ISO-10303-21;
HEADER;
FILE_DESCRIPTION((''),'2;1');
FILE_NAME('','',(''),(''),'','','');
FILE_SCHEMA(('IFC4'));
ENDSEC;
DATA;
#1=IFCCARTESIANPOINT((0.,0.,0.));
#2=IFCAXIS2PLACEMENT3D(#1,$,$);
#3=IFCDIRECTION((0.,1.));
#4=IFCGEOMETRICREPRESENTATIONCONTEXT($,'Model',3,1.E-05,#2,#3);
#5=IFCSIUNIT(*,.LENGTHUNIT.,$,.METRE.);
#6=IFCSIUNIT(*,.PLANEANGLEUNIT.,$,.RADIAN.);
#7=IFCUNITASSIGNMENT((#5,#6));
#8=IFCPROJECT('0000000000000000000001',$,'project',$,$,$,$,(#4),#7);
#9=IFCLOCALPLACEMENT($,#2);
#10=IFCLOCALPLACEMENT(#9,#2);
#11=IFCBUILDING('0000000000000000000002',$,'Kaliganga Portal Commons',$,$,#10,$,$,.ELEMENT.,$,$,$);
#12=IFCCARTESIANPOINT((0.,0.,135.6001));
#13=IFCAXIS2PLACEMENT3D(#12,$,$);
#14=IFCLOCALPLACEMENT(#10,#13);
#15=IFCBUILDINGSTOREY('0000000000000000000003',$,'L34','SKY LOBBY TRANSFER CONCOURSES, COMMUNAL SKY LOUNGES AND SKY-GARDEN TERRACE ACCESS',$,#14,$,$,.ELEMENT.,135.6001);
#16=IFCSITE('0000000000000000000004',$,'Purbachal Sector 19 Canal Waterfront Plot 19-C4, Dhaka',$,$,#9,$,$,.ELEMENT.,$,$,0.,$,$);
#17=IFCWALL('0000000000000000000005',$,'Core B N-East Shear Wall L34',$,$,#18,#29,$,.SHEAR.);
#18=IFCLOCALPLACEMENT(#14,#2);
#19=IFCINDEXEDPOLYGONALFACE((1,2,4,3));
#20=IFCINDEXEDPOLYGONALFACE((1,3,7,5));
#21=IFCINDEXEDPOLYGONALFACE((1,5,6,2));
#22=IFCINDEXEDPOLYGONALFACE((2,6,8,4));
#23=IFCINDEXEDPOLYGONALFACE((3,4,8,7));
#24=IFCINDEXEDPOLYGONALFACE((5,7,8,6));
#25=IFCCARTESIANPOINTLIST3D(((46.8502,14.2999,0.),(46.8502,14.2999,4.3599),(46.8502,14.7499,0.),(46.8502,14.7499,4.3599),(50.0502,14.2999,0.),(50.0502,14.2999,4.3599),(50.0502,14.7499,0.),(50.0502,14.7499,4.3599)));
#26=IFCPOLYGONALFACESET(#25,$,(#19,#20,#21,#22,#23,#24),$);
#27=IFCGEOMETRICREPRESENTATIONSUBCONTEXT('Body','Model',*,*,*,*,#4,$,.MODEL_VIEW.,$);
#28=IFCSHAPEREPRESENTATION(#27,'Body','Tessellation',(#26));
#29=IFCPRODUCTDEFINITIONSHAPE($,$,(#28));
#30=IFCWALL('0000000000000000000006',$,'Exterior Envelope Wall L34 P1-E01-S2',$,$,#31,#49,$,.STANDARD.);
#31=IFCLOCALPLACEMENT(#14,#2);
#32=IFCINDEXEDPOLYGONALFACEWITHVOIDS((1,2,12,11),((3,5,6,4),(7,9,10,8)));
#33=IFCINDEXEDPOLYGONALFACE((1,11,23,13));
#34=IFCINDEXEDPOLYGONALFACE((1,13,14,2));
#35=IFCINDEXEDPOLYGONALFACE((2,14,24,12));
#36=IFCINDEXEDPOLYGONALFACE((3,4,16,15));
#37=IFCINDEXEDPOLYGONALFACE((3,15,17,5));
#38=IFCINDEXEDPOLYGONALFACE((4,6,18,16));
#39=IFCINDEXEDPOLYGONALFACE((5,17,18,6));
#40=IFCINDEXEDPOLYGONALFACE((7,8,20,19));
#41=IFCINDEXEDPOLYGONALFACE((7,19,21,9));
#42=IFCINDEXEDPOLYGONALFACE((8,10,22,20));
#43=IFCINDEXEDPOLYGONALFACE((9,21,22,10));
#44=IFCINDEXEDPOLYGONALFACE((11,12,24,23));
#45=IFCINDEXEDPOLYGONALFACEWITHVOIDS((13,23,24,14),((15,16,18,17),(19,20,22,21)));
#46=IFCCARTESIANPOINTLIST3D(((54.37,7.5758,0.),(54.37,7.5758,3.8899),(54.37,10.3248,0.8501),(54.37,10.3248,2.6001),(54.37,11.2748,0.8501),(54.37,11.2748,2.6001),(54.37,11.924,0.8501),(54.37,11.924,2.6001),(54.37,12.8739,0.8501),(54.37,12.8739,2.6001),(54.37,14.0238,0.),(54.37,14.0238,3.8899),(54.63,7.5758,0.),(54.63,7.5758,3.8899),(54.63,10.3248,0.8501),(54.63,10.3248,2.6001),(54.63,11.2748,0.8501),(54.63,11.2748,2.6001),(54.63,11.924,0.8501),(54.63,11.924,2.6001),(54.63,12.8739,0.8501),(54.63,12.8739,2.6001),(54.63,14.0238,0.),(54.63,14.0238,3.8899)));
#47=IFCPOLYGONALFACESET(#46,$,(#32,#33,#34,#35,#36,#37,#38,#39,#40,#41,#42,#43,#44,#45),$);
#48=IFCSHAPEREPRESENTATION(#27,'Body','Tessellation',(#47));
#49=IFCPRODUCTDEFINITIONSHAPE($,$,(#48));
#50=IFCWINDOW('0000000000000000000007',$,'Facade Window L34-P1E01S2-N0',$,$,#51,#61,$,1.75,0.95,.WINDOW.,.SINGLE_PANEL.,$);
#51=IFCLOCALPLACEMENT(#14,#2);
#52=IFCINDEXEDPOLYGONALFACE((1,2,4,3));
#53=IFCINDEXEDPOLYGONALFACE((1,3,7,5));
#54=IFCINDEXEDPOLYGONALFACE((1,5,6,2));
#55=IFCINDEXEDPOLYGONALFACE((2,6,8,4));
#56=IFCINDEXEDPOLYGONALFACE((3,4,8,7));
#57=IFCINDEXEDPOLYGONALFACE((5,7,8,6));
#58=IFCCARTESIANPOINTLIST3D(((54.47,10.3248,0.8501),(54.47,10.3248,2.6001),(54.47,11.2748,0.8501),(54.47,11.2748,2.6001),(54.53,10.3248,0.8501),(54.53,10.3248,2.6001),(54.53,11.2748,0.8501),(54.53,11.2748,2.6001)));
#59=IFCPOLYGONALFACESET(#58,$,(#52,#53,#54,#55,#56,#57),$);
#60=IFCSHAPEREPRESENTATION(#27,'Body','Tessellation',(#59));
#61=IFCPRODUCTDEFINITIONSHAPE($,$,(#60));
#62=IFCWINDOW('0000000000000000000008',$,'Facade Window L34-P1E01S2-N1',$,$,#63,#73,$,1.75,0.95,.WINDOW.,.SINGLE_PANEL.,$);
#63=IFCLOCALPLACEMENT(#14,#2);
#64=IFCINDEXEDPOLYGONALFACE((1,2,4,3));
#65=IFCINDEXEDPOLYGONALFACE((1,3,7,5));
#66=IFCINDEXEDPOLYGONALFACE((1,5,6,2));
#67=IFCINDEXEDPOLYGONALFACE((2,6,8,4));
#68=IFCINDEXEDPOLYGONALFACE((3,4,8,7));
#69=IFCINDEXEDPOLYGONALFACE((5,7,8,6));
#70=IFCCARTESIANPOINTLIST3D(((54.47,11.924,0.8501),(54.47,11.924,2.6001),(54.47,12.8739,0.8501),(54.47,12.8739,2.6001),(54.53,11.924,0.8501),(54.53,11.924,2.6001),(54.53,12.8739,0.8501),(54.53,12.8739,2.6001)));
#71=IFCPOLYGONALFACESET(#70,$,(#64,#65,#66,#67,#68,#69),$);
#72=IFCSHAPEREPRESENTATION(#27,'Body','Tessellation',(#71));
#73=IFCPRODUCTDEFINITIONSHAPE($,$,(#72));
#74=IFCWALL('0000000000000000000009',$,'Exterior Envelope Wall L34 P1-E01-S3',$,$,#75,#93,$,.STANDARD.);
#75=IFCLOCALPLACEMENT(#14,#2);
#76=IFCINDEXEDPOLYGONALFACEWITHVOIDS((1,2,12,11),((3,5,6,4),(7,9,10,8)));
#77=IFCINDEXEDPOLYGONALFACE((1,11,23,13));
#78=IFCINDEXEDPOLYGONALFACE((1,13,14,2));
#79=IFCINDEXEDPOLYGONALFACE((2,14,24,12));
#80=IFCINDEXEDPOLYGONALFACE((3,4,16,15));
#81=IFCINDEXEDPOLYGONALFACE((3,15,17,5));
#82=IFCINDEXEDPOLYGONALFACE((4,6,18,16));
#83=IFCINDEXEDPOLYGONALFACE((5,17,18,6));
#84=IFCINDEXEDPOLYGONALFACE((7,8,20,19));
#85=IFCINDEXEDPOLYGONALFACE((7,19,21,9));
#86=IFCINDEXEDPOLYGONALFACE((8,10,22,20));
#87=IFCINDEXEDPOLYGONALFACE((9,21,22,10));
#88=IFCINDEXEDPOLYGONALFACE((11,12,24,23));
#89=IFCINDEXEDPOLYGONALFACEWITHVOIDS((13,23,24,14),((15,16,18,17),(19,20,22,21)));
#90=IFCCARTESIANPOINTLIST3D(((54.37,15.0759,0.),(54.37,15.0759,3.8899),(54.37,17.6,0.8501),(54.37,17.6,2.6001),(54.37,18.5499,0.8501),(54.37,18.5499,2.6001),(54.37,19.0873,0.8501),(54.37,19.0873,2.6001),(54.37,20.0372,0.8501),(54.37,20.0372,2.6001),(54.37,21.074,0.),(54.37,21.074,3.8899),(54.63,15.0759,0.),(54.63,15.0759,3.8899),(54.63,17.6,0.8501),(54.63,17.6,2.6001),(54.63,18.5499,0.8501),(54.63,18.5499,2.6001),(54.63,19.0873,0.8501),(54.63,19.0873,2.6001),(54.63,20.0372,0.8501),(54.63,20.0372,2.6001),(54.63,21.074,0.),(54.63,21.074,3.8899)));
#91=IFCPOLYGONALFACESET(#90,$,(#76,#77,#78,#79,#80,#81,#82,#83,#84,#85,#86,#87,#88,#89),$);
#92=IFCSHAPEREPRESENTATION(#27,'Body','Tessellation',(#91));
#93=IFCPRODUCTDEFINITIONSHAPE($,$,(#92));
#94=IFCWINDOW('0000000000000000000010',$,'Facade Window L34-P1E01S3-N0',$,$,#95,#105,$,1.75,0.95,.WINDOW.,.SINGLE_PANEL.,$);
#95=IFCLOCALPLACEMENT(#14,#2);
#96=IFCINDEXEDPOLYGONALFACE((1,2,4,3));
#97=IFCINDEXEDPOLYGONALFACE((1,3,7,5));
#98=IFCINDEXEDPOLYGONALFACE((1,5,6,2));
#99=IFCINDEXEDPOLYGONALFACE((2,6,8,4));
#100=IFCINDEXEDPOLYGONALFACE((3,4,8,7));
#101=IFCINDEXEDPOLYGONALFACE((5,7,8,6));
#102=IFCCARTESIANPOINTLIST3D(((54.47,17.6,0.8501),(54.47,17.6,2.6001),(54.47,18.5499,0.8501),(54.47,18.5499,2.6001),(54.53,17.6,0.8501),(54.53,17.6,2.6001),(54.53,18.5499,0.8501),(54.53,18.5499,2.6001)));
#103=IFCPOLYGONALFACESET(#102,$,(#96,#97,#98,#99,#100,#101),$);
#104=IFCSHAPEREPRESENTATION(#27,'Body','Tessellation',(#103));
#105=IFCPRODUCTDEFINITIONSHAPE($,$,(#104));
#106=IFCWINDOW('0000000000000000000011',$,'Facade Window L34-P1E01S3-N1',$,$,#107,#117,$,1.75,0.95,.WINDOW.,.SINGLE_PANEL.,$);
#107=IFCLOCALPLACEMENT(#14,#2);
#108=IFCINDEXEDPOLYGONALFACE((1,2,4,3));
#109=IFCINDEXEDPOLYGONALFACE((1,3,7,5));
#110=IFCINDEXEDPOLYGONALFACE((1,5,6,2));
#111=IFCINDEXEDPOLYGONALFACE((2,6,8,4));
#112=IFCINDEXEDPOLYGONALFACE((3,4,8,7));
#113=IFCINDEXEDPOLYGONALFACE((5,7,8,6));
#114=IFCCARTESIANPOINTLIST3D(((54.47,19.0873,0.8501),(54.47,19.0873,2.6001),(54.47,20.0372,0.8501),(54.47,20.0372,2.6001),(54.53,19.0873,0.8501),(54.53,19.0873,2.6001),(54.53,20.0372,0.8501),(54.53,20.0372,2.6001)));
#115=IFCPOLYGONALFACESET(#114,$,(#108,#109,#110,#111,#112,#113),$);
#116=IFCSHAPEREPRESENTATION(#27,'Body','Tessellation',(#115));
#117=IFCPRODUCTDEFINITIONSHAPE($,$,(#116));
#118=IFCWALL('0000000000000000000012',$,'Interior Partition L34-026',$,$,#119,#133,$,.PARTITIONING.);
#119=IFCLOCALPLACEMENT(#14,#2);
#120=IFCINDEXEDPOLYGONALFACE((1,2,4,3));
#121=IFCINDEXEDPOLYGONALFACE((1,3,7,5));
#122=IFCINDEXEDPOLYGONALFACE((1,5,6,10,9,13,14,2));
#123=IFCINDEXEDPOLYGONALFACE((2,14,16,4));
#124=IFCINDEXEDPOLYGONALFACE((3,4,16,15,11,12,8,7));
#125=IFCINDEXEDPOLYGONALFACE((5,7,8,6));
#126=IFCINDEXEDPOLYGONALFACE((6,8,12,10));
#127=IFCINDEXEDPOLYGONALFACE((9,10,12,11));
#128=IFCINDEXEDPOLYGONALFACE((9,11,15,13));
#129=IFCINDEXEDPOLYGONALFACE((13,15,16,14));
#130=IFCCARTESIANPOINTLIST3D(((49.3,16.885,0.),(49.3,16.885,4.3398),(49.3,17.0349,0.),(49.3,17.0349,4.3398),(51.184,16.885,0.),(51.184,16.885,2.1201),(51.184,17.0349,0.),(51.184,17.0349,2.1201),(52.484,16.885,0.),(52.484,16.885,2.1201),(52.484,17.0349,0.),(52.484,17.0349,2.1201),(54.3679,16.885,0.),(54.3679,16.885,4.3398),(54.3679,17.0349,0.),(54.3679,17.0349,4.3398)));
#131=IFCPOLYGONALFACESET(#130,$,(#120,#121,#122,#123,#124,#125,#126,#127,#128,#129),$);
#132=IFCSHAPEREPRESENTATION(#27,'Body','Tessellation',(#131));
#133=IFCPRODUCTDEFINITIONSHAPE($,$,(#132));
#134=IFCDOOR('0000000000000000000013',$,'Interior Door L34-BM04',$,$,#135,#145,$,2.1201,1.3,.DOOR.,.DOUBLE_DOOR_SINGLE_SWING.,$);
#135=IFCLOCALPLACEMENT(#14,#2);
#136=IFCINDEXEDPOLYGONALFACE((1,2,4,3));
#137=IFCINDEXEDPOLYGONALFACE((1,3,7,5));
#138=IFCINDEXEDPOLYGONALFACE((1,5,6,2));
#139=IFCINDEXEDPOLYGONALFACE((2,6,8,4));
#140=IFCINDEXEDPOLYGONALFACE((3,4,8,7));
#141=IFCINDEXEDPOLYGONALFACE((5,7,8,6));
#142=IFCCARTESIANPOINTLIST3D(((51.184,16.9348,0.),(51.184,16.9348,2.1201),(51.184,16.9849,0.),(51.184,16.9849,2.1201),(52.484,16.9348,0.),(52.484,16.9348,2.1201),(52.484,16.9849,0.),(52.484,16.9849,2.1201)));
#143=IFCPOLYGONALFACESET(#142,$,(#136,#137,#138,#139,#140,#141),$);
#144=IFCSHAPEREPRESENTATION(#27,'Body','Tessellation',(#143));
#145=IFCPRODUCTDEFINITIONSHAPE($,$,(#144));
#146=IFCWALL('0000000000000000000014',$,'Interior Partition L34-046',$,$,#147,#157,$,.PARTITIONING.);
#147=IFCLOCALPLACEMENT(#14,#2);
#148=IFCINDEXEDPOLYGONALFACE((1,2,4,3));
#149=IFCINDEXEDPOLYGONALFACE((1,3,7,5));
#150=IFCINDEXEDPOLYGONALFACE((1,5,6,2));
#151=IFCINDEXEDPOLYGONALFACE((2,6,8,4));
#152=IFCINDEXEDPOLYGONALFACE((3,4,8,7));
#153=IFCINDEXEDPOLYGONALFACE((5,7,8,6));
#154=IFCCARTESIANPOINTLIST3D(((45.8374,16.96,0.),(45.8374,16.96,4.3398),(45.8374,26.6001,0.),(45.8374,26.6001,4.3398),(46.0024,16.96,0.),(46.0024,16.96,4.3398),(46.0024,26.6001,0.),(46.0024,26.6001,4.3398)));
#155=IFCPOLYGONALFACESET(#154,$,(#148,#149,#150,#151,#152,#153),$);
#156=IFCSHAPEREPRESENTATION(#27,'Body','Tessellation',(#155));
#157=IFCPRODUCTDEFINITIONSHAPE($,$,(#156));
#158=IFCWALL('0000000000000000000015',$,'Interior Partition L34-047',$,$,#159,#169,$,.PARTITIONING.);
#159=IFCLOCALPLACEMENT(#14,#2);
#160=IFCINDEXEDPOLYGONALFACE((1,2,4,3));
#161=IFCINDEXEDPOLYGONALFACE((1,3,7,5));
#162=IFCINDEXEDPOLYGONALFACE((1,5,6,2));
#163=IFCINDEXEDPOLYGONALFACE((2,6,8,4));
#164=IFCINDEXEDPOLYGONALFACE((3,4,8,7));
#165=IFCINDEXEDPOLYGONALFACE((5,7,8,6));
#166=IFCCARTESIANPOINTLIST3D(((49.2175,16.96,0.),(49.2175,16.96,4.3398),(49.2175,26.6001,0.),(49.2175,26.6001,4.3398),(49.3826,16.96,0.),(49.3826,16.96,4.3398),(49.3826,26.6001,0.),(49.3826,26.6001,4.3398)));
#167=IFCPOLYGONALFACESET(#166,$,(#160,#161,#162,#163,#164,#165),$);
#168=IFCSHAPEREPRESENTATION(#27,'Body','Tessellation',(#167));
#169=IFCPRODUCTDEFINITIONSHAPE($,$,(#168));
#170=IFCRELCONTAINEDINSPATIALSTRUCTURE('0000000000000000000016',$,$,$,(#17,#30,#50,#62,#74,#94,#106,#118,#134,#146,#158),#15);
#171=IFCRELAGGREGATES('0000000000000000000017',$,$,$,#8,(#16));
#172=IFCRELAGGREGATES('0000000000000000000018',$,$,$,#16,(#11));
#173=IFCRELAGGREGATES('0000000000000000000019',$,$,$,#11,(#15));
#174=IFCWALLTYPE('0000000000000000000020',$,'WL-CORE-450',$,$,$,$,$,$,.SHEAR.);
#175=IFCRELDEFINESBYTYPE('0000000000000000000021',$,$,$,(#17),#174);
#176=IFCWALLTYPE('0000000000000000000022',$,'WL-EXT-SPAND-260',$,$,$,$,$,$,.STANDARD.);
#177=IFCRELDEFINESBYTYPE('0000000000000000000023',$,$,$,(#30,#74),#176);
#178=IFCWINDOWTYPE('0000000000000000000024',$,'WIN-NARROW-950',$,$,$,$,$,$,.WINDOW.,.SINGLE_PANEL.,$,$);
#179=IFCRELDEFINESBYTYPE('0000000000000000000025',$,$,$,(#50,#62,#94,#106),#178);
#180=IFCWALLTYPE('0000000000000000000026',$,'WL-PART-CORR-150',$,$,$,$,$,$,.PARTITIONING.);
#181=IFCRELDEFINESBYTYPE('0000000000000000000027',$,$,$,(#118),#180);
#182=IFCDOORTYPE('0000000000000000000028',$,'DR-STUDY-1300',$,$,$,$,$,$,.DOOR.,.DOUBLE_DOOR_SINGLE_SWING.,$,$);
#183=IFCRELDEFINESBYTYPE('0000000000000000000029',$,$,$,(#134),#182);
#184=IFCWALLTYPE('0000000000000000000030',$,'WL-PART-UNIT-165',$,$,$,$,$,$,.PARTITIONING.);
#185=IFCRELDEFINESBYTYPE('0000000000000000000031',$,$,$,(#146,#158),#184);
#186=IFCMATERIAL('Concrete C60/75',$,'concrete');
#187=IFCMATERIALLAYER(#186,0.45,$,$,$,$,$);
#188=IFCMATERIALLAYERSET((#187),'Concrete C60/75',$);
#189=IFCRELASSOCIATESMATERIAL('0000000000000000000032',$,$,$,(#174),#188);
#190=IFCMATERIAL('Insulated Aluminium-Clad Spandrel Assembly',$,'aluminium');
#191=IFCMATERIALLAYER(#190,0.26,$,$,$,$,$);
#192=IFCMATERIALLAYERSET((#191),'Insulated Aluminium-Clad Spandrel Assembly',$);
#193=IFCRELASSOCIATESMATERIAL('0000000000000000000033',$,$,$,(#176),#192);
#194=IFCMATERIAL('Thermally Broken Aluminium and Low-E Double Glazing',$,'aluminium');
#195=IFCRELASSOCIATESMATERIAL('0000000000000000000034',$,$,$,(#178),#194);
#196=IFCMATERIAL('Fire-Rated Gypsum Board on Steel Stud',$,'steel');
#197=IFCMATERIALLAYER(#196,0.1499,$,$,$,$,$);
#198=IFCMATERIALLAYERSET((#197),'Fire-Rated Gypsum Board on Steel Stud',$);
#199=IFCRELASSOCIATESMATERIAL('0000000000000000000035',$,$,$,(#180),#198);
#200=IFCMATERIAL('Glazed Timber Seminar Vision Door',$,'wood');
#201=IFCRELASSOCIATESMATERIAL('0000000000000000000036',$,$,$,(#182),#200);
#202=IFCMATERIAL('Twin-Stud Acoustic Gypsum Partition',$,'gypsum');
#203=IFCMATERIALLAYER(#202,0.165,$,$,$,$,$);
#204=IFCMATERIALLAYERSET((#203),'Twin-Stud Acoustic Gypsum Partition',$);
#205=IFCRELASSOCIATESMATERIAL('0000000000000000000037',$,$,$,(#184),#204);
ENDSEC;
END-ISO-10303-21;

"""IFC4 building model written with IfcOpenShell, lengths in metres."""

from ifc_helpers import new_model, si_unit, direction, frame, frame_2d, origin, place, context, subcontext, project, spatial, rectangle, extrude, material, layer, layer_set, type_object, element, fill, save


model = new_model("IFC4")

# Units and contexts
model_context = context("Model", 3, precision=1e-05, world=origin(), true_north=direction((0.0, 1.0)))
body_context = subcontext(model_context, "Body", "Model", "MODEL_VIEW")
ifc_project = project(units=[si_unit("LENGTHUNIT", "METRE"), si_unit("PLANEANGLEUNIT", "RADIAN")], contexts=[model_context])

# Site, building, storey
site_placement = place(None, origin())
site = spatial("IfcSite", under=ifc_project, at=site_placement, Name="Purbachal Sector 19 Canal Waterfront Plot 19-C4, Dhaka", CompositionType="ELEMENT", RefElevation=0.0)
building_placement = place(site_placement, origin())
building = spatial("IfcBuilding", under=site, at=building_placement, Name="Kaliganga Portal Commons", CompositionType="ELEMENT")
storey_placement = place(building_placement, frame((0.0, 0.0, 135.6001)))
storey = spatial("IfcBuildingStorey", under=building, at=storey_placement, Name="L34", Description="SKY LOBBY TRANSFER CONCOURSES, COMMUNAL SKY LOUNGES AND SKY-GARDEN TERRACE ACCESS", CompositionType="ELEMENT", Elevation=135.6001)

# Shared definitions
ifc_material_1 = material(Name="Concrete C60/75", Category="concrete")

# Wall
ifc_layer_1 = layer(ifc_material_1, 0.45)
ifc_layer_set_1 = layer_set([ifc_layer_1], Name="Concrete C60/75")
wall_type_1 = type_object("IfcWallType", Name="WL-CORE-450", PredefinedType="SHEAR", material=ifc_layer_set_1)
wall_1_placement = place(storey_placement, frame((46.8501, 14.5249, 0.0), z_axis=(0.0, 0.0, 1.0), x_axis=(1.0, 0.0, 0.0)))
element("IfcWall", 1, at=wall_1_placement, inside=storey, type_object=wall_type_1, Name="Core B N-East Shear Wall L34", PredefinedType="SHEAR", context=body_context, shape_type="SweptSolid", body=[
    extrude(rectangle(XDim=3.2, YDim=0.45, at=frame_2d((1.6001, 0.0))), origin(), (0.0, 0.0, 1.0), 4.3599),
])

# Walls, openings, windows
ifc_material_2 = material(Name="Insulated Aluminium-Clad Spandrel Assembly", Category="aluminium")
ifc_layer_2 = layer(ifc_material_2, 0.26)
ifc_layer_set_2 = layer_set([ifc_layer_2], Name="Insulated Aluminium-Clad Spandrel Assembly")
wall_type_2 = type_object("IfcWallType", Name="WL-EXT-SPAND-260", PredefinedType="STANDARD", material=ifc_layer_set_2)
wall_2_placement = place(storey_placement, frame((54.5, 14.0239, 0.0), z_axis=(0.0, 0.0, 1.0), x_axis=(0.0, -1.0, 0.0)))
wall_2 = element("IfcWall", 2, at=wall_2_placement, inside=storey, type_object=wall_type_2, Name="Exterior Envelope Wall L34 P1-E01-S2", PredefinedType="STANDARD", context=body_context, shape_type="SweptSolid", body=[
    extrude(rectangle(XDim=6.448, YDim=0.26, at=frame_2d((3.2241, 0.0))), origin(), (0.0, 0.0, 1.0), 3.8899),
])
opening_1_placement = place(wall_2_placement, frame((2.749, 0.0, 0.8501)))
opening_1 = element("IfcOpeningElement", 3, at=opening_1_placement, cuts=wall_2, PredefinedType="OPENING", context=body_context, shape_type="SweptSolid", body=[
    extrude(rectangle(XDim=0.95, YDim=1.75, at=frame_2d((0.4751, 0.875))), frame((0.0, 0.1401, 0.0), z_axis=(0.0, -1.0, 0.0), x_axis=(1.0, 0.0, 0.0)), (0.0, 0.0, 1.0), 0.28),
])
opening_2_placement = place(wall_2_placement, frame((1.1499, 0.0, 0.8501)))
opening_2 = element("IfcOpeningElement", 4, at=opening_2_placement, cuts=wall_2, PredefinedType="OPENING", context=body_context, shape_type="SweptSolid", body=[
    extrude(rectangle(XDim=0.95, YDim=1.75, at=frame_2d((0.4751, 0.875))), frame((0.0, 0.1401, 0.0), z_axis=(0.0, -1.0, 0.0), x_axis=(1.0, 0.0, 0.0)), (0.0, 0.0, 1.0), 0.28),
])
ifc_material_3 = material(Name="Thermally Broken Aluminium and Low-E Double Glazing", Category="aluminium")
window_type = type_object("IfcWindowType", Name="WIN-NARROW-950", PartitioningType="SINGLE_PANEL", PredefinedType="WINDOW", material=ifc_material_3)
window_1_placement = place(opening_1_placement, origin())
window_1 = element("IfcWindow", 5, at=window_1_placement, inside=storey, type_object=window_type, Name="Facade Window L34-P1E01S2-N0", OverallHeight=1.75, OverallWidth=0.95, PartitioningType="SINGLE_PANEL", PredefinedType="WINDOW", context=body_context, shape_type="SweptSolid", body=[
    extrude(rectangle(XDim=0.95, YDim=1.75, at=frame_2d((0.4751, 0.875))), frame((0.0, 0.03, 0.0), z_axis=(0.0, -1.0, 0.0), x_axis=(1.0, 0.0, 0.0)), (0.0, 0.0, 1.0), 0.0601),
])
fill(opening_1, window_1)
window_2_placement = place(opening_2_placement, origin())
window_2 = element("IfcWindow", 6, at=window_2_placement, inside=storey, type_object=window_type, Name="Facade Window L34-P1E01S2-N1", OverallHeight=1.75, OverallWidth=0.95, PartitioningType="SINGLE_PANEL", PredefinedType="WINDOW", context=body_context, shape_type="SweptSolid", body=[
    extrude(rectangle(XDim=0.95, YDim=1.75, at=frame_2d((0.4751, 0.875))), frame((0.0, 0.03, 0.0), z_axis=(0.0, -1.0, 0.0), x_axis=(1.0, 0.0, 0.0)), (0.0, 0.0, 1.0), 0.0601),
])
fill(opening_2, window_2)
wall_3_placement = place(storey_placement, frame((54.5, 21.074, 0.0), z_axis=(0.0, 0.0, 1.0), x_axis=(0.0, -1.0, 0.0)))
wall_3 = element("IfcWall", 7, at=wall_3_placement, inside=storey, type_object=wall_type_2, Name="Exterior Envelope Wall L34 P1-E01-S3", PredefinedType="STANDARD", context=body_context, shape_type="SweptSolid", body=[
    extrude(rectangle(XDim=5.998, YDim=0.26, at=frame_2d((2.999, 0.0))), origin(), (0.0, 0.0, 1.0), 3.8899),
])
opening_3_placement = place(wall_3_placement, frame((2.5239, 0.0, 0.8501)))
opening_3 = element("IfcOpeningElement", 8, at=opening_3_placement, cuts=wall_3, PredefinedType="OPENING", context=body_context, shape_type="SweptSolid", body=[
    extrude(rectangle(XDim=0.95, YDim=1.75, at=frame_2d((0.4751, 0.875))), frame((0.0, 0.1401, 0.0), z_axis=(0.0, -1.0, 0.0), x_axis=(1.0, 0.0, 0.0)), (0.0, 0.0, 1.0), 0.28),
])
opening_4_placement = place(wall_3_placement, frame((1.0366, 0.0, 0.8501)))
opening_4 = element("IfcOpeningElement", 9, at=opening_4_placement, cuts=wall_3, PredefinedType="OPENING", context=body_context, shape_type="SweptSolid", body=[
    extrude(rectangle(XDim=0.95, YDim=1.75, at=frame_2d((0.4751, 0.875))), frame((0.0, 0.1401, 0.0), z_axis=(0.0, -1.0, 0.0), x_axis=(1.0, 0.0, 0.0)), (0.0, 0.0, 1.0), 0.28),
])
window_3_placement = place(opening_3_placement, origin())
window_3 = element("IfcWindow", 10, at=window_3_placement, inside=storey, type_object=window_type, Name="Facade Window L34-P1E01S3-N0", OverallHeight=1.75, OverallWidth=0.95, PartitioningType="SINGLE_PANEL", PredefinedType="WINDOW", context=body_context, shape_type="SweptSolid", body=[
    extrude(rectangle(XDim=0.95, YDim=1.75, at=frame_2d((0.4751, 0.875))), frame((0.0, 0.03, 0.0), z_axis=(0.0, -1.0, 0.0), x_axis=(1.0, 0.0, 0.0)), (0.0, 0.0, 1.0), 0.0601),
])
fill(opening_3, window_3)
window_4_placement = place(opening_4_placement, origin())
window_4 = element("IfcWindow", 11, at=window_4_placement, inside=storey, type_object=window_type, Name="Facade Window L34-P1E01S3-N1", OverallHeight=1.75, OverallWidth=0.95, PartitioningType="SINGLE_PANEL", PredefinedType="WINDOW", context=body_context, shape_type="SweptSolid", body=[
    extrude(rectangle(XDim=0.95, YDim=1.75, at=frame_2d((0.4751, 0.875))), frame((0.0, 0.03, 0.0), z_axis=(0.0, -1.0, 0.0), x_axis=(1.0, 0.0, 0.0)), (0.0, 0.0, 1.0), 0.0601),
])
fill(opening_4, window_4)

# Wall, opening, door
ifc_material_4 = material(Name="Fire-Rated Gypsum Board on Steel Stud", Category="steel")
ifc_layer_3 = layer(ifc_material_4, 0.1499)
ifc_layer_set_3 = layer_set([ifc_layer_3], Name="Fire-Rated Gypsum Board on Steel Stud")
wall_type_3 = type_object("IfcWallType", Name="WL-PART-CORR-150", PredefinedType="PARTITIONING", material=ifc_layer_set_3)
wall_4_placement = place(storey_placement, frame((49.3, 16.96, 0.0), z_axis=(0.0, 0.0, 1.0), x_axis=(1.0, 0.0, 0.0)))
wall_4 = element("IfcWall", 12, at=wall_4_placement, inside=storey, type_object=wall_type_3, Name="Interior Partition L34-026", PredefinedType="PARTITIONING", context=body_context, shape_type="SweptSolid", body=[
    extrude(rectangle(XDim=5.0679, YDim=0.1499, at=frame_2d((2.5339, 0.0))), origin(), (0.0, 0.0, 1.0), 4.3398),
])
opening_5_placement = place(wall_4_placement, frame((1.884, 0.0, 0.0)))
opening_5 = element("IfcOpeningElement", 13, at=opening_5_placement, cuts=wall_4, PredefinedType="OPENING", context=body_context, shape_type="SweptSolid", body=[
    extrude(rectangle(XDim=1.3, YDim=2.1201, at=frame_2d((0.6499, 1.0601))), frame((0.0, 0.085, 0.0), z_axis=(0.0, -1.0, 0.0), x_axis=(1.0, 0.0, 0.0)), (0.0, 0.0, 1.0), 0.1699),
])
ifc_material_5 = material(Name="Glazed Timber Seminar Vision Door", Category="wood")
door_type = type_object("IfcDoorType", Name="DR-STUDY-1300", OperationType="DOUBLE_DOOR_SINGLE_SWING", PredefinedType="DOOR", material=ifc_material_5)
door_1_placement = place(opening_5_placement, origin())
door_1 = element("IfcDoor", 14, at=door_1_placement, inside=storey, type_object=door_type, Name="Interior Door L34-BM04", OperationType="DOUBLE_DOOR_SINGLE_SWING", OverallHeight=2.1201, OverallWidth=1.3, PredefinedType="DOOR", context=body_context, shape_type="SweptSolid", body=[
    extrude(rectangle(XDim=1.3, YDim=2.1201, at=frame_2d((0.6499, 1.0601))), frame((0.0, 0.0249, 0.0), z_axis=(0.0, -1.0, 0.0), x_axis=(1.0, 0.0, 0.0)), (0.0, 0.0, 1.0), 0.05),
])
fill(opening_5, door_1)

# Walls
ifc_material_6 = material(Name="Twin-Stud Acoustic Gypsum Partition", Category="gypsum")
ifc_layer_4 = layer(ifc_material_6, 0.165)
ifc_layer_set_4 = layer_set([ifc_layer_4], Name="Twin-Stud Acoustic Gypsum Partition")
wall_type_4 = type_object("IfcWallType", Name="WL-PART-UNIT-165", PredefinedType="PARTITIONING", material=ifc_layer_set_4)
for number, where, z_axis, x_axis, name in (
    (15, (45.9199, 16.96, 0.0), (0.0, 0.0, 1.0), (0.0, 1.0, 0.0), "Interior Partition L34-046"),
    (16, (49.3, 16.96, 0.0), (0.0, 0.0, 1.0), (0.0, 1.0, 0.0), "Interior Partition L34-047"),
):
    element("IfcWall", number, at=place(storey_placement, frame(where, z_axis=z_axis, x_axis=x_axis)), inside=storey, type_object=wall_type_4, Name=name, PredefinedType="PARTITIONING", context=body_context, shape_type="SweptSolid", body=[
        extrude(rectangle(XDim=9.6401, YDim=0.165, at=frame_2d((4.8201, 0.0))), origin(), (0.0, 0.0, 1.0), 4.3398),
    ])

save(model, "model.ifc")
